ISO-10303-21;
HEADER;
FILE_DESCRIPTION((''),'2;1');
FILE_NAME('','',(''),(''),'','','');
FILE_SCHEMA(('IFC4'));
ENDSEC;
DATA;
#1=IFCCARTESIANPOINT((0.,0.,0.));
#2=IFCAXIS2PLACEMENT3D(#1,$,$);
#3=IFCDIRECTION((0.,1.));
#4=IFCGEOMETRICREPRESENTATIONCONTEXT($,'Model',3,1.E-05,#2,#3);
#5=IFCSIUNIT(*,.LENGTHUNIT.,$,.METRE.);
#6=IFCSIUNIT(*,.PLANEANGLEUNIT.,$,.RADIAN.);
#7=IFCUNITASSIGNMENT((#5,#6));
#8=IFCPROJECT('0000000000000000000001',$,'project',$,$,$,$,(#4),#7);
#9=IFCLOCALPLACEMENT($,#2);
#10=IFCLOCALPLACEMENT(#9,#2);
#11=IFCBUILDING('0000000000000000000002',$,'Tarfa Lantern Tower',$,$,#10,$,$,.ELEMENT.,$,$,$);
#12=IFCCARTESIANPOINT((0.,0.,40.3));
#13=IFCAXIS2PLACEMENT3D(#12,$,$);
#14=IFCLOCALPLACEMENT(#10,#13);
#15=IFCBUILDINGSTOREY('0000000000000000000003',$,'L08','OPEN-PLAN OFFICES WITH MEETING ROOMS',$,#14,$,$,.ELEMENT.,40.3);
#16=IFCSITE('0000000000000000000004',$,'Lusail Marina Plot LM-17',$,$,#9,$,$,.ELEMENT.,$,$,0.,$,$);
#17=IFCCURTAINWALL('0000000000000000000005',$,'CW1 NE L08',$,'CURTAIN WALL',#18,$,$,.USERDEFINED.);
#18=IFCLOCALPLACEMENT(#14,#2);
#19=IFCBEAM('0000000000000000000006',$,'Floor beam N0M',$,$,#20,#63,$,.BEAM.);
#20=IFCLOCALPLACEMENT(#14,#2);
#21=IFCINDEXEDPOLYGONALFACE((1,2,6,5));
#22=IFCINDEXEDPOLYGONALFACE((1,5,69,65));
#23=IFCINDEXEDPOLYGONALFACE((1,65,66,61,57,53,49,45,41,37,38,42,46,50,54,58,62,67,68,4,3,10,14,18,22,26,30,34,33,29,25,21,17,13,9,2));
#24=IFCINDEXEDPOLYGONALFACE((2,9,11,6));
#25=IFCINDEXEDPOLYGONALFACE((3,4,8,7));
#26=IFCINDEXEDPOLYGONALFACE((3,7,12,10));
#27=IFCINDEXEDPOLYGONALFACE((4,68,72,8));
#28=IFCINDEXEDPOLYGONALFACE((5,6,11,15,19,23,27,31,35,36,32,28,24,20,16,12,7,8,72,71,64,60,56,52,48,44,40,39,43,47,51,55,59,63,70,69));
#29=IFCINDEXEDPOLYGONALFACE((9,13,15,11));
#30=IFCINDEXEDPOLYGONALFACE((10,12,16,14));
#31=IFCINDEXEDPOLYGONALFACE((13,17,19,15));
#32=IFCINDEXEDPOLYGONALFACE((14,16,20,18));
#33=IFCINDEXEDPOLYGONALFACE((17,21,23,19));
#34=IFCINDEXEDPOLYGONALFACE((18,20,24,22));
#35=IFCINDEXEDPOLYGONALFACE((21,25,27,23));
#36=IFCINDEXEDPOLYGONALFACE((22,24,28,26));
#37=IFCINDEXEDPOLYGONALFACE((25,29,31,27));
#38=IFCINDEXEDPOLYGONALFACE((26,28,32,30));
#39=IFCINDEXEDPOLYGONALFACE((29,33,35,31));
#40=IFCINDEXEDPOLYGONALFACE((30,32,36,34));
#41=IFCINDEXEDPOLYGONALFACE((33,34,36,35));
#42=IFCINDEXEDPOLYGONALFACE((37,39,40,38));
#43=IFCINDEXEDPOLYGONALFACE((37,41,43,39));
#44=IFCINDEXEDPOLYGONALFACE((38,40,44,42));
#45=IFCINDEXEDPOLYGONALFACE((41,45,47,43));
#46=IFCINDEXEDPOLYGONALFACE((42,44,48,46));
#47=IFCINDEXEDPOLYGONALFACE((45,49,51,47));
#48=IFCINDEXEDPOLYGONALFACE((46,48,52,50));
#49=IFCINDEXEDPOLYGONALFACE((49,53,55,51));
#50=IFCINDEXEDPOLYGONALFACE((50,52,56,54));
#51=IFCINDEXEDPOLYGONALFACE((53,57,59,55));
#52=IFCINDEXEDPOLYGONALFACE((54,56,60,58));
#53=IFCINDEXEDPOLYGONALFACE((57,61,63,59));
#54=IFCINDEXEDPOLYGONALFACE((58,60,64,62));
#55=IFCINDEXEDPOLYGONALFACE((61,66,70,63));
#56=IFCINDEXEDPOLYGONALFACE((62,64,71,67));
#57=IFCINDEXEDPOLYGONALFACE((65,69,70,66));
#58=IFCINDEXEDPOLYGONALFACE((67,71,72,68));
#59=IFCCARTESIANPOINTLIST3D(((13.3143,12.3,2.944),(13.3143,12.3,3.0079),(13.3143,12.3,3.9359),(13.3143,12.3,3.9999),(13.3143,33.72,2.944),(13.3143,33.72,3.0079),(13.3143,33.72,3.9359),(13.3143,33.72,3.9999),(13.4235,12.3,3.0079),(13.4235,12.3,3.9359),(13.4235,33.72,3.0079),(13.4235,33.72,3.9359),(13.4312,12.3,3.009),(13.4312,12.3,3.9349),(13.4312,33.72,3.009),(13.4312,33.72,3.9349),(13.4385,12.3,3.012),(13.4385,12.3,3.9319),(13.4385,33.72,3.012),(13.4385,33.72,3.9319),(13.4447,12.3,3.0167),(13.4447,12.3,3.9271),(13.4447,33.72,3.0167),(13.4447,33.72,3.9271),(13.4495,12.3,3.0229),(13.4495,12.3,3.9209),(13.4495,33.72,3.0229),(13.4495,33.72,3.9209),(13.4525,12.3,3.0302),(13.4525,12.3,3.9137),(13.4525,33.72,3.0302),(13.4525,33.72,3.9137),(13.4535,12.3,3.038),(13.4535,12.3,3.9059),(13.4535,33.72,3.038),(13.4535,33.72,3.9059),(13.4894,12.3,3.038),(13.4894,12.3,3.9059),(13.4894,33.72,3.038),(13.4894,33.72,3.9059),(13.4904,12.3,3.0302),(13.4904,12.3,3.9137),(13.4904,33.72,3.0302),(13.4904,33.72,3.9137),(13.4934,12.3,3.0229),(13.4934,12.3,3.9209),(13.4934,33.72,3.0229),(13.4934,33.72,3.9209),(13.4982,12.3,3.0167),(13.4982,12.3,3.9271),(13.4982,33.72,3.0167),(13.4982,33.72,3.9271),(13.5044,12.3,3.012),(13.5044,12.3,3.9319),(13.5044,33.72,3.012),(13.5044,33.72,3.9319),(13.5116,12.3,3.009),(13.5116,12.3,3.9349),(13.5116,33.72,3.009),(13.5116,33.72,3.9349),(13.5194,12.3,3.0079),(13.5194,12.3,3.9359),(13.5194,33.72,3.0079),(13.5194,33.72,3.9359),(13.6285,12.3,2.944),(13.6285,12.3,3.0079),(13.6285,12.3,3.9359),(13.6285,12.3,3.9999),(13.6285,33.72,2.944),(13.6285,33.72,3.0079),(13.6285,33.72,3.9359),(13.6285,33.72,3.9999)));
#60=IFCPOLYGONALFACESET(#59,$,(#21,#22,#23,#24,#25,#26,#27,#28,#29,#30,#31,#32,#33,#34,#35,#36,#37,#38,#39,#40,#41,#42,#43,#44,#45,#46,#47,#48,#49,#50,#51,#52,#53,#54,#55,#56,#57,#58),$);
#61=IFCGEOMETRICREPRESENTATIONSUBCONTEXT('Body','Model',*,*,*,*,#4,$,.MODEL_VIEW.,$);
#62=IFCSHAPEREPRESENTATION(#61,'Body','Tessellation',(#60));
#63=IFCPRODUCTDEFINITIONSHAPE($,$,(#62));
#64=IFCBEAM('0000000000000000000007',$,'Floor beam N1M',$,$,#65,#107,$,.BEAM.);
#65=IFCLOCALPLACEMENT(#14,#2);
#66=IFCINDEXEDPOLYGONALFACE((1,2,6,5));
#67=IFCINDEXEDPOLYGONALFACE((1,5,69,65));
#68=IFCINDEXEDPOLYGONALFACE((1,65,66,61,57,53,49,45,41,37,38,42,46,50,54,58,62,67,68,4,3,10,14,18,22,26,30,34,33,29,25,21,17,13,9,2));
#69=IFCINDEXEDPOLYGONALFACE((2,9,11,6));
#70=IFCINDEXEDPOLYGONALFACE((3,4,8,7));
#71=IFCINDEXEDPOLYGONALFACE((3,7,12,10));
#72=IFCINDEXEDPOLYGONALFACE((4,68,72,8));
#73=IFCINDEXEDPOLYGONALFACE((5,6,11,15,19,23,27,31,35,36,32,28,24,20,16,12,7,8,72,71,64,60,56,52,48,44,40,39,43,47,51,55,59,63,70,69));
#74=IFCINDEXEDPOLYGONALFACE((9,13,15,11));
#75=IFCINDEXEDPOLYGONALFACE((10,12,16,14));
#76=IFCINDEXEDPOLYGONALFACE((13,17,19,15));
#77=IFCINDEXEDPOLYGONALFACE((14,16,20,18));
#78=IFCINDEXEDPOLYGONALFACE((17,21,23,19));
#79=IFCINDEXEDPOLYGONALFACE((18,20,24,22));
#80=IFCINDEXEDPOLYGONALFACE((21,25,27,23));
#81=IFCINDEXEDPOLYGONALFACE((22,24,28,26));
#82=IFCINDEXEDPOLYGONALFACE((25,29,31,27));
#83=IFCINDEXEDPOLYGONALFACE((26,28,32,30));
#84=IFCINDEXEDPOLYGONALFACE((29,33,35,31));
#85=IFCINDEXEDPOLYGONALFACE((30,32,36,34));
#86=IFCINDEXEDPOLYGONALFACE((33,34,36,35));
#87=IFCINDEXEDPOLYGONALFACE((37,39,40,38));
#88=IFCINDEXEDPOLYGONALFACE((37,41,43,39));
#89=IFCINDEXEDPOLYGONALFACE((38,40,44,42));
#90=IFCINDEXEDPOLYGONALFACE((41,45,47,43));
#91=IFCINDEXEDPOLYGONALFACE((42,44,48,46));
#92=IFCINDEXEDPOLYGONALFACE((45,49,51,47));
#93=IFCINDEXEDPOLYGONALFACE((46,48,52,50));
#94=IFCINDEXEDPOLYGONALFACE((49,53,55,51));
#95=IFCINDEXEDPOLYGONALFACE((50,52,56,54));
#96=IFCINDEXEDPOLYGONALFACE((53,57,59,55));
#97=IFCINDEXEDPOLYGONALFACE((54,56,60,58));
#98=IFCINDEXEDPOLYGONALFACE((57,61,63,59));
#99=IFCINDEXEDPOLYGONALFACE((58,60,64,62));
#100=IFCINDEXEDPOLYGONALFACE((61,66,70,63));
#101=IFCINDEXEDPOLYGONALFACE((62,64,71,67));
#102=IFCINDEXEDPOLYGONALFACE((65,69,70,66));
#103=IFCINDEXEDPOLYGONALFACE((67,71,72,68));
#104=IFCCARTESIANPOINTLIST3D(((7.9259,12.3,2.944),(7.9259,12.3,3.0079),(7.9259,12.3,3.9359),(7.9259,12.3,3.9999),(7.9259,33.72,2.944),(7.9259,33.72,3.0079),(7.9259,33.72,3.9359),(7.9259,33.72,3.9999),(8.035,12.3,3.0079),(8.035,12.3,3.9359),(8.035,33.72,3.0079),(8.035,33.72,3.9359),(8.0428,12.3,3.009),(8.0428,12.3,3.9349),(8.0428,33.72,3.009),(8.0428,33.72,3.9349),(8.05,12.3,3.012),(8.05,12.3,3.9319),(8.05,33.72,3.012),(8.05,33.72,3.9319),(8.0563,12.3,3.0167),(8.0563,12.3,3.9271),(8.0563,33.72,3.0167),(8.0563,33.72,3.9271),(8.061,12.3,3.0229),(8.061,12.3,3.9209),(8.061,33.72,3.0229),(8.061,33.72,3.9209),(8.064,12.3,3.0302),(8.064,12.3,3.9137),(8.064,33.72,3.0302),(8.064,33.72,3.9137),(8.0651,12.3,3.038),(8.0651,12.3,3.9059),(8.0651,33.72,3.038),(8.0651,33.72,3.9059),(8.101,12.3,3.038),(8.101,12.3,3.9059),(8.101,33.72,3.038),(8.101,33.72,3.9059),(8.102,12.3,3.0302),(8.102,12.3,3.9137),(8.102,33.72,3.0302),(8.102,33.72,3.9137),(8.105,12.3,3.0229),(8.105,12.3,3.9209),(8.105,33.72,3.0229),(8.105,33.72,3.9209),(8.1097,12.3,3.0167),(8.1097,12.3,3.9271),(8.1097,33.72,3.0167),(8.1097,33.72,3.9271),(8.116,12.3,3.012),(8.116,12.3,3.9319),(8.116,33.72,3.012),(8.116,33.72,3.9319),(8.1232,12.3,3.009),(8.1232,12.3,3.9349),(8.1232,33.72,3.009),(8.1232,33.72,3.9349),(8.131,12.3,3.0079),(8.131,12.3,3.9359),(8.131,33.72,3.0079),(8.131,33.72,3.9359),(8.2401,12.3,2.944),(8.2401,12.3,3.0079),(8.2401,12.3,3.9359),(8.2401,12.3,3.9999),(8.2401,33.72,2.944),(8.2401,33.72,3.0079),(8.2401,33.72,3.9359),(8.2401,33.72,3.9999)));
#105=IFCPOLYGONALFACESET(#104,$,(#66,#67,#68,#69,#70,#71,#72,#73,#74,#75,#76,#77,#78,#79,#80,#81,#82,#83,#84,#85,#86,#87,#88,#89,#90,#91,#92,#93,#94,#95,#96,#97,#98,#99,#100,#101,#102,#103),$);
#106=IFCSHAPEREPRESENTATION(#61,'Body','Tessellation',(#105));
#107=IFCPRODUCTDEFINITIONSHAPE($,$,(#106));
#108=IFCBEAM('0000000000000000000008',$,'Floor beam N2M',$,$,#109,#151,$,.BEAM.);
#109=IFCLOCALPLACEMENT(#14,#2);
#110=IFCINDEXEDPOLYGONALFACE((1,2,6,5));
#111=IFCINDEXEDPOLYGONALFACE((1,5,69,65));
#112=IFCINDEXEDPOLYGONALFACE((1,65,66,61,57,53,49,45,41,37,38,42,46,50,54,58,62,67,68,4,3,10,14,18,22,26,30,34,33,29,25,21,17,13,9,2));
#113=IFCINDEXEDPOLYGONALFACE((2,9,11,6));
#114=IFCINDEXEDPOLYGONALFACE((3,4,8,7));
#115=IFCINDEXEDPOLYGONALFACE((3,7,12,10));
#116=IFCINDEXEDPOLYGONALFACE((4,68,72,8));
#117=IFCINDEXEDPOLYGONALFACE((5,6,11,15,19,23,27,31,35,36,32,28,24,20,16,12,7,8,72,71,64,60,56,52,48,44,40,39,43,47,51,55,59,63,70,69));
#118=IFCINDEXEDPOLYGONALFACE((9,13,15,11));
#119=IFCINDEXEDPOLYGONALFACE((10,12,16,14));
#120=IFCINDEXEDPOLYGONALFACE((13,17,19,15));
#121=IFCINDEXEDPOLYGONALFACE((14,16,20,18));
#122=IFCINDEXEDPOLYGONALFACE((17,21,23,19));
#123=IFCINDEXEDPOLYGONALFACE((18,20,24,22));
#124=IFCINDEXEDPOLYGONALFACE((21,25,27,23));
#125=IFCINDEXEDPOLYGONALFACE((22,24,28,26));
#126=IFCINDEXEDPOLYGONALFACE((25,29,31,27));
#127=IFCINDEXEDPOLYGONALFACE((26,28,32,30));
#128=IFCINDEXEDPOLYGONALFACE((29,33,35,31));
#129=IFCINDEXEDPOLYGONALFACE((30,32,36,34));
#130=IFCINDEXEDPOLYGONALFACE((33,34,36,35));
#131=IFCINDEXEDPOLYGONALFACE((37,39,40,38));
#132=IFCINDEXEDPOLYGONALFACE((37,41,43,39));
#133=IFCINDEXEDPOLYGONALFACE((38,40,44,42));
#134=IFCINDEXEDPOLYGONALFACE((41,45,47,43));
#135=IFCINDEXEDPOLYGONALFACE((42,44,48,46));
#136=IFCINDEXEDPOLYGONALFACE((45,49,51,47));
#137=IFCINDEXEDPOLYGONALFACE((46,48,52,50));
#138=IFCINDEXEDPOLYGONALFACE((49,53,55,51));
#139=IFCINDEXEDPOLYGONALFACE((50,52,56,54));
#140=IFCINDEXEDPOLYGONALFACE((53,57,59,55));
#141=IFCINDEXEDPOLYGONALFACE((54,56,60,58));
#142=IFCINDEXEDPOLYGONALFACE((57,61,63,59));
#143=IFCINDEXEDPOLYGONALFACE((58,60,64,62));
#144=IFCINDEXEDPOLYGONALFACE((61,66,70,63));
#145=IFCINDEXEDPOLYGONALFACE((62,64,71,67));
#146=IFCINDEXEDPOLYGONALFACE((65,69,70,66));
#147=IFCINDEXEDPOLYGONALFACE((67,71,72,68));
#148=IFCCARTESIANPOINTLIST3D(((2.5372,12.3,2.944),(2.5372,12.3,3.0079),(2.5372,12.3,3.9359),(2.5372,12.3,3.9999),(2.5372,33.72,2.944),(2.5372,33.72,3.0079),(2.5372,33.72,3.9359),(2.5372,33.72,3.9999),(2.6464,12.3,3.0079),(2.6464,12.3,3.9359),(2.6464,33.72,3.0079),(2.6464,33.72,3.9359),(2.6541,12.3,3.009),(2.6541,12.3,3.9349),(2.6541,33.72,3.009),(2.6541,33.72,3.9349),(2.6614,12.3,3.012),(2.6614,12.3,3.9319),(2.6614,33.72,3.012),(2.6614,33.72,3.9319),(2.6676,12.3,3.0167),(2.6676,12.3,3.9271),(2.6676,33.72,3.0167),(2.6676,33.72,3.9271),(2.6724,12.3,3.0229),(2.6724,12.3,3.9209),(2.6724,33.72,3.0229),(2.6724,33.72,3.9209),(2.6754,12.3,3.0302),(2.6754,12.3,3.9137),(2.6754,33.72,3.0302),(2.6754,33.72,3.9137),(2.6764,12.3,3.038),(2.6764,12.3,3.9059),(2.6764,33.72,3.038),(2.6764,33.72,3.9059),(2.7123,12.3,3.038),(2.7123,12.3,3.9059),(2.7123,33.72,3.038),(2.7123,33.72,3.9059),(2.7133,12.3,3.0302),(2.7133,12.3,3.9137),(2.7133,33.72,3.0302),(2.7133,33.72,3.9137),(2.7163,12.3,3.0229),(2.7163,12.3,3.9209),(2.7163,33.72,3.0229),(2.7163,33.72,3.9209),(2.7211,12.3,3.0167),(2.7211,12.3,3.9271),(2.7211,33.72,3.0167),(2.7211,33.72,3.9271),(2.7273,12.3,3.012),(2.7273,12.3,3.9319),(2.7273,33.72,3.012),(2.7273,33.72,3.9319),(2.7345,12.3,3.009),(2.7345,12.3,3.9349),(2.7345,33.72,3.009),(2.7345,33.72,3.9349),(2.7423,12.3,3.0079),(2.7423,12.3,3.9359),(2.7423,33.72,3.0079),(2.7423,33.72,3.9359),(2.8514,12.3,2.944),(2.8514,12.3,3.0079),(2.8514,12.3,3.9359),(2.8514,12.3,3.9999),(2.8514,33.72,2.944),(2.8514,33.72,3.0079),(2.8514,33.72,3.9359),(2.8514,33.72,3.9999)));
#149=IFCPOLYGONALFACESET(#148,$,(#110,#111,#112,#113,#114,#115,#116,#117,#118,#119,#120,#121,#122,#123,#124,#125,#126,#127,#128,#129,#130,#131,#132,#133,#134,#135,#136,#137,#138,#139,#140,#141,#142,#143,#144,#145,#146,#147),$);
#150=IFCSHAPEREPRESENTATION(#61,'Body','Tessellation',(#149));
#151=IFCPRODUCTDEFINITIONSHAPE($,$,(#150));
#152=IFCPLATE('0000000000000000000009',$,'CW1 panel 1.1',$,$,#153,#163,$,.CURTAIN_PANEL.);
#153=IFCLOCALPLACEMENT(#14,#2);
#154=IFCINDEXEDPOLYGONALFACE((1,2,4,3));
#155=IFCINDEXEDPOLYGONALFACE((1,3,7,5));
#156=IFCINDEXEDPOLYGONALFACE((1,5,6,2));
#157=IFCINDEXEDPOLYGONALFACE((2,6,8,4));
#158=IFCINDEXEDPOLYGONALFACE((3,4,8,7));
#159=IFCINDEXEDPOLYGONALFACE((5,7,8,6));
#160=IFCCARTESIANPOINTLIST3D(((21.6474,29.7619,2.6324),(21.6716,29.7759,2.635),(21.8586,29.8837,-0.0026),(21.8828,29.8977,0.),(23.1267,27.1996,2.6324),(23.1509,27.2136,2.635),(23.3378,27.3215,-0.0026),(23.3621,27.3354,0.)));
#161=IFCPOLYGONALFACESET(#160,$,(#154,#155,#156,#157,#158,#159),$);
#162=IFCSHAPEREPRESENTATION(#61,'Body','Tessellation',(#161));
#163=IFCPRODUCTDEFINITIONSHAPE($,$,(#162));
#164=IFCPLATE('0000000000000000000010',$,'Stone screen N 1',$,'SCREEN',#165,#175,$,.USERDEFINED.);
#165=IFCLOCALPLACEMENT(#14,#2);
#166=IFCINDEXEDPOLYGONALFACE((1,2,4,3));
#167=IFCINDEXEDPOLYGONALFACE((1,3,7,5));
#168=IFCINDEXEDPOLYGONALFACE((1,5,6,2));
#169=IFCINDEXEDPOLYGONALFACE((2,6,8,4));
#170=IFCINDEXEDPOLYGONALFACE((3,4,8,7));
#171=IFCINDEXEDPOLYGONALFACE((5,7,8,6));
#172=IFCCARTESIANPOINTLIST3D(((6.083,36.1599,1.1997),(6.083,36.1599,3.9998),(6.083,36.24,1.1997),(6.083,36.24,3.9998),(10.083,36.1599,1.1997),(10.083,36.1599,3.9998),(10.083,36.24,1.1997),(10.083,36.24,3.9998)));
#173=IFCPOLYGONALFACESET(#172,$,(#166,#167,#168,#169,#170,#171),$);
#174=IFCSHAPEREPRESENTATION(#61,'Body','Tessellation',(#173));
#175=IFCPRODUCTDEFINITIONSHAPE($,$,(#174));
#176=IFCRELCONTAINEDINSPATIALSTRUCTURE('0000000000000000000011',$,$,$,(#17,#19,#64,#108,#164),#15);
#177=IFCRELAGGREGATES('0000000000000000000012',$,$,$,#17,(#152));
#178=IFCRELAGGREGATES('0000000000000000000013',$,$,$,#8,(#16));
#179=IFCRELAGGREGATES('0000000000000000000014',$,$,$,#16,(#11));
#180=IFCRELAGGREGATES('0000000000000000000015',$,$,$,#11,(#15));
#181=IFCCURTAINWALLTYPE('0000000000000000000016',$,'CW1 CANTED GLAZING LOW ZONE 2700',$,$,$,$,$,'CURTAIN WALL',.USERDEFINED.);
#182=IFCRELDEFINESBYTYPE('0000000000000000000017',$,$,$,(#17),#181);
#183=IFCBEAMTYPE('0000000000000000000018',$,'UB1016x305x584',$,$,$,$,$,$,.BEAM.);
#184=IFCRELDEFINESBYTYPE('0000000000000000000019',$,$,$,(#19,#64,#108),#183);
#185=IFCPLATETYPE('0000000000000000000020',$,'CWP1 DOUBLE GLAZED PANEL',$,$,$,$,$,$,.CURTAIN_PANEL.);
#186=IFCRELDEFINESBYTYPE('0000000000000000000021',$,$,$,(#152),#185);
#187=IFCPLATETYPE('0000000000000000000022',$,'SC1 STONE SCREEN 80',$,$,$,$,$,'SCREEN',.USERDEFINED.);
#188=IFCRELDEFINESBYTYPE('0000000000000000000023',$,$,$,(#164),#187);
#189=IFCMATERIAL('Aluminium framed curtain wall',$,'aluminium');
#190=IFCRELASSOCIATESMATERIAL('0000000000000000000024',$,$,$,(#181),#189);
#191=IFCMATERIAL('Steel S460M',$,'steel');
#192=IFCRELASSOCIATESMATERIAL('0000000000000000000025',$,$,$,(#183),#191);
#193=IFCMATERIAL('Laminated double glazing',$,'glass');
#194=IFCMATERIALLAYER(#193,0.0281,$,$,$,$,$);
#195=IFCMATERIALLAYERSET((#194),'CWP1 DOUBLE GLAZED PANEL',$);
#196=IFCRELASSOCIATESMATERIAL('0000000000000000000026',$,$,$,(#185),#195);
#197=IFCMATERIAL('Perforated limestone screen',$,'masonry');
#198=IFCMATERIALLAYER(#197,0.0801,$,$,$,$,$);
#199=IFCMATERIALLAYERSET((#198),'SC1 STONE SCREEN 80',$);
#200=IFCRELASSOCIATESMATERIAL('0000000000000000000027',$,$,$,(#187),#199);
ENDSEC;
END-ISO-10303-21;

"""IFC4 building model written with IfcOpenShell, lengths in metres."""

from ifc_helpers import new_model, si_unit, direction, frame, origin, origin_2d, place, context, subcontext, project, spatial, polyline, rectangle, i_section, outline, extrude, material, layer, layer_set, material_profile, profile_set, type_object, element, aggregate, save


model = new_model("IFC4")

# Units and contexts
model_context = context("Model", 3, precision=1e-05, world=origin(), true_north=direction((0.0, 1.0)))
body_context = subcontext(model_context, "Body", "Model", "MODEL_VIEW")
ifc_project = project(units=[si_unit("LENGTHUNIT", "METRE"), si_unit("PLANEANGLEUNIT", "RADIAN")], contexts=[model_context])

# Site, building, storey
site_placement = place(None, origin())
site = spatial("IfcSite", under=ifc_project, at=site_placement, Name="Lusail Marina Plot LM-17", CompositionType="ELEMENT", RefElevation=0.0)
building_placement = place(site_placement, origin())
building = spatial("IfcBuilding", under=site, at=building_placement, Name="Tarfa Lantern Tower", CompositionType="ELEMENT")
storey_placement = place(building_placement, frame((0.0, 0.0, 40.3)))
storey = spatial("IfcBuildingStorey", under=building, at=storey_placement, Name="L08", Description="OPEN-PLAN OFFICES WITH MEETING ROOMS", CompositionType="ELEMENT", Elevation=40.3)

# Curtain wall
ifc_material_1 = material(Name="Aluminium framed curtain wall", Category="aluminium")
curtain_wall_type = type_object("IfcCurtainWallType", Name="CW1 CANTED GLAZING LOW ZONE 2700", ElementType="CURTAIN WALL", PredefinedType="USERDEFINED", material=ifc_material_1)
curtain_wall_placement = place(storey_placement, origin())
curtain_wall = element("IfcCurtainWall", 1, at=curtain_wall_placement, inside=storey, type_object=curtain_wall_type, Name="CW1 NE L08", ObjectType="CURTAIN WALL", PredefinedType="USERDEFINED")

# Beams
ifc_material_2 = material(Name="Steel S460M", Category="steel")
ifc_material_profile_1 = material_profile(ifc_material_2, i_section(OverallWidth=0.3142, OverallDepth=1.0559, WebThickness=0.0359, FlangeThickness=0.064, FilletRadius=0.03, at=origin_2d()), Name="UB1016x305x584")
ifc_profile_set_1 = profile_set([ifc_material_profile_1], Name="Steel S460M")
beam_type_1 = type_object("IfcBeamType", Name="UB1016x305x584", PredefinedType="BEAM", material=ifc_profile_set_1)
for number, where, z_axis, x_axis, name in (
    (2, (13.4714, 33.72, 3.4719), (0.0, -1.0, 0.0), (1.0, 0.0, 0.0), "Floor beam N0M"),
    (3, (8.083, 33.72, 3.4719), (0.0, -1.0, 0.0), (1.0, 0.0, 0.0), "Floor beam N1M"),
    (4, (2.6943, 33.72, 3.4719), (0.0, -1.0, 0.0), (1.0, 0.0, 0.0), "Floor beam N2M"),
):
    element("IfcBeam", number, at=place(storey_placement, frame(where, z_axis=z_axis, x_axis=x_axis)), inside=storey, type_object=beam_type_1, Name=name, PredefinedType="BEAM", context=body_context, shape_type="SweptSolid", body=[
        extrude(i_section(OverallWidth=0.3142, OverallDepth=1.0559, WebThickness=0.0359, FlangeThickness=0.064, FilletRadius=0.03, at=origin_2d()), origin(), (0.0, 0.0, 1.0), 21.4199),
    ])

# Plates
ifc_material_3 = material(Name="Laminated double glazing", Category="glass")
ifc_layer_1 = layer(ifc_material_3, 0.0281)
ifc_layer_set_1 = layer_set([ifc_layer_1], Name="CWP1 DOUBLE GLAZED PANEL")
plate_type_1 = type_object("IfcPlateType", Name="CWP1 DOUBLE GLAZED PANEL", PredefinedType="CURTAIN_PANEL", material=ifc_layer_set_1)
plate_1_placement = place(storey_placement, frame((23.3621, 27.3354, 0.0), z_axis=(0.862353, 0.497856, 0.092131), x_axis=(-0.499982, 0.866036, 0.0)))
plate_1 = element("IfcPlate", 5, at=plate_1_placement, type_object=plate_type_1, Name="CW1 panel 1.1", PredefinedType="CURTAIN_PANEL", context=body_context, shape_type="SweptSolid", body=[
    extrude(outline(polyline([(0.0, 0.0), (2.9586, 0.0), (2.9587, 2.6463), (0.0001, 2.6463), (0.0, 0.0)])), origin(), (0.0, 0.0, -1.0), 0.0281),
])
aggregate(curtain_wall, [plate_1])
ifc_material_4 = material(Name="Perforated limestone screen", Category="masonry")
ifc_layer_2 = layer(ifc_material_4, 0.0801)
ifc_layer_set_2 = layer_set([ifc_layer_2], Name="SC1 STONE SCREEN 80")
plate_type_2 = type_object("IfcPlateType", Name="SC1 STONE SCREEN 80", ElementType="SCREEN", PredefinedType="USERDEFINED", material=ifc_layer_set_2)
plate_2_placement = place(storey_placement, frame((8.083, 36.2, 1.1997), z_axis=(0.0, 0.0, 1.0), x_axis=(-1.0, 0.0, 0.0)))
element("IfcPlate", 6, at=plate_2_placement, inside=storey, type_object=plate_type_2, Name="Stone screen N 1", ObjectType="SCREEN", PredefinedType="USERDEFINED", context=body_context, shape_type="SweptSolid", body=[
    extrude(rectangle(XDim=4.0, YDim=0.0801, at=origin_2d()), origin(), (0.0, 0.0, 1.0), 2.8),
])

save(model, "model.ifc")
